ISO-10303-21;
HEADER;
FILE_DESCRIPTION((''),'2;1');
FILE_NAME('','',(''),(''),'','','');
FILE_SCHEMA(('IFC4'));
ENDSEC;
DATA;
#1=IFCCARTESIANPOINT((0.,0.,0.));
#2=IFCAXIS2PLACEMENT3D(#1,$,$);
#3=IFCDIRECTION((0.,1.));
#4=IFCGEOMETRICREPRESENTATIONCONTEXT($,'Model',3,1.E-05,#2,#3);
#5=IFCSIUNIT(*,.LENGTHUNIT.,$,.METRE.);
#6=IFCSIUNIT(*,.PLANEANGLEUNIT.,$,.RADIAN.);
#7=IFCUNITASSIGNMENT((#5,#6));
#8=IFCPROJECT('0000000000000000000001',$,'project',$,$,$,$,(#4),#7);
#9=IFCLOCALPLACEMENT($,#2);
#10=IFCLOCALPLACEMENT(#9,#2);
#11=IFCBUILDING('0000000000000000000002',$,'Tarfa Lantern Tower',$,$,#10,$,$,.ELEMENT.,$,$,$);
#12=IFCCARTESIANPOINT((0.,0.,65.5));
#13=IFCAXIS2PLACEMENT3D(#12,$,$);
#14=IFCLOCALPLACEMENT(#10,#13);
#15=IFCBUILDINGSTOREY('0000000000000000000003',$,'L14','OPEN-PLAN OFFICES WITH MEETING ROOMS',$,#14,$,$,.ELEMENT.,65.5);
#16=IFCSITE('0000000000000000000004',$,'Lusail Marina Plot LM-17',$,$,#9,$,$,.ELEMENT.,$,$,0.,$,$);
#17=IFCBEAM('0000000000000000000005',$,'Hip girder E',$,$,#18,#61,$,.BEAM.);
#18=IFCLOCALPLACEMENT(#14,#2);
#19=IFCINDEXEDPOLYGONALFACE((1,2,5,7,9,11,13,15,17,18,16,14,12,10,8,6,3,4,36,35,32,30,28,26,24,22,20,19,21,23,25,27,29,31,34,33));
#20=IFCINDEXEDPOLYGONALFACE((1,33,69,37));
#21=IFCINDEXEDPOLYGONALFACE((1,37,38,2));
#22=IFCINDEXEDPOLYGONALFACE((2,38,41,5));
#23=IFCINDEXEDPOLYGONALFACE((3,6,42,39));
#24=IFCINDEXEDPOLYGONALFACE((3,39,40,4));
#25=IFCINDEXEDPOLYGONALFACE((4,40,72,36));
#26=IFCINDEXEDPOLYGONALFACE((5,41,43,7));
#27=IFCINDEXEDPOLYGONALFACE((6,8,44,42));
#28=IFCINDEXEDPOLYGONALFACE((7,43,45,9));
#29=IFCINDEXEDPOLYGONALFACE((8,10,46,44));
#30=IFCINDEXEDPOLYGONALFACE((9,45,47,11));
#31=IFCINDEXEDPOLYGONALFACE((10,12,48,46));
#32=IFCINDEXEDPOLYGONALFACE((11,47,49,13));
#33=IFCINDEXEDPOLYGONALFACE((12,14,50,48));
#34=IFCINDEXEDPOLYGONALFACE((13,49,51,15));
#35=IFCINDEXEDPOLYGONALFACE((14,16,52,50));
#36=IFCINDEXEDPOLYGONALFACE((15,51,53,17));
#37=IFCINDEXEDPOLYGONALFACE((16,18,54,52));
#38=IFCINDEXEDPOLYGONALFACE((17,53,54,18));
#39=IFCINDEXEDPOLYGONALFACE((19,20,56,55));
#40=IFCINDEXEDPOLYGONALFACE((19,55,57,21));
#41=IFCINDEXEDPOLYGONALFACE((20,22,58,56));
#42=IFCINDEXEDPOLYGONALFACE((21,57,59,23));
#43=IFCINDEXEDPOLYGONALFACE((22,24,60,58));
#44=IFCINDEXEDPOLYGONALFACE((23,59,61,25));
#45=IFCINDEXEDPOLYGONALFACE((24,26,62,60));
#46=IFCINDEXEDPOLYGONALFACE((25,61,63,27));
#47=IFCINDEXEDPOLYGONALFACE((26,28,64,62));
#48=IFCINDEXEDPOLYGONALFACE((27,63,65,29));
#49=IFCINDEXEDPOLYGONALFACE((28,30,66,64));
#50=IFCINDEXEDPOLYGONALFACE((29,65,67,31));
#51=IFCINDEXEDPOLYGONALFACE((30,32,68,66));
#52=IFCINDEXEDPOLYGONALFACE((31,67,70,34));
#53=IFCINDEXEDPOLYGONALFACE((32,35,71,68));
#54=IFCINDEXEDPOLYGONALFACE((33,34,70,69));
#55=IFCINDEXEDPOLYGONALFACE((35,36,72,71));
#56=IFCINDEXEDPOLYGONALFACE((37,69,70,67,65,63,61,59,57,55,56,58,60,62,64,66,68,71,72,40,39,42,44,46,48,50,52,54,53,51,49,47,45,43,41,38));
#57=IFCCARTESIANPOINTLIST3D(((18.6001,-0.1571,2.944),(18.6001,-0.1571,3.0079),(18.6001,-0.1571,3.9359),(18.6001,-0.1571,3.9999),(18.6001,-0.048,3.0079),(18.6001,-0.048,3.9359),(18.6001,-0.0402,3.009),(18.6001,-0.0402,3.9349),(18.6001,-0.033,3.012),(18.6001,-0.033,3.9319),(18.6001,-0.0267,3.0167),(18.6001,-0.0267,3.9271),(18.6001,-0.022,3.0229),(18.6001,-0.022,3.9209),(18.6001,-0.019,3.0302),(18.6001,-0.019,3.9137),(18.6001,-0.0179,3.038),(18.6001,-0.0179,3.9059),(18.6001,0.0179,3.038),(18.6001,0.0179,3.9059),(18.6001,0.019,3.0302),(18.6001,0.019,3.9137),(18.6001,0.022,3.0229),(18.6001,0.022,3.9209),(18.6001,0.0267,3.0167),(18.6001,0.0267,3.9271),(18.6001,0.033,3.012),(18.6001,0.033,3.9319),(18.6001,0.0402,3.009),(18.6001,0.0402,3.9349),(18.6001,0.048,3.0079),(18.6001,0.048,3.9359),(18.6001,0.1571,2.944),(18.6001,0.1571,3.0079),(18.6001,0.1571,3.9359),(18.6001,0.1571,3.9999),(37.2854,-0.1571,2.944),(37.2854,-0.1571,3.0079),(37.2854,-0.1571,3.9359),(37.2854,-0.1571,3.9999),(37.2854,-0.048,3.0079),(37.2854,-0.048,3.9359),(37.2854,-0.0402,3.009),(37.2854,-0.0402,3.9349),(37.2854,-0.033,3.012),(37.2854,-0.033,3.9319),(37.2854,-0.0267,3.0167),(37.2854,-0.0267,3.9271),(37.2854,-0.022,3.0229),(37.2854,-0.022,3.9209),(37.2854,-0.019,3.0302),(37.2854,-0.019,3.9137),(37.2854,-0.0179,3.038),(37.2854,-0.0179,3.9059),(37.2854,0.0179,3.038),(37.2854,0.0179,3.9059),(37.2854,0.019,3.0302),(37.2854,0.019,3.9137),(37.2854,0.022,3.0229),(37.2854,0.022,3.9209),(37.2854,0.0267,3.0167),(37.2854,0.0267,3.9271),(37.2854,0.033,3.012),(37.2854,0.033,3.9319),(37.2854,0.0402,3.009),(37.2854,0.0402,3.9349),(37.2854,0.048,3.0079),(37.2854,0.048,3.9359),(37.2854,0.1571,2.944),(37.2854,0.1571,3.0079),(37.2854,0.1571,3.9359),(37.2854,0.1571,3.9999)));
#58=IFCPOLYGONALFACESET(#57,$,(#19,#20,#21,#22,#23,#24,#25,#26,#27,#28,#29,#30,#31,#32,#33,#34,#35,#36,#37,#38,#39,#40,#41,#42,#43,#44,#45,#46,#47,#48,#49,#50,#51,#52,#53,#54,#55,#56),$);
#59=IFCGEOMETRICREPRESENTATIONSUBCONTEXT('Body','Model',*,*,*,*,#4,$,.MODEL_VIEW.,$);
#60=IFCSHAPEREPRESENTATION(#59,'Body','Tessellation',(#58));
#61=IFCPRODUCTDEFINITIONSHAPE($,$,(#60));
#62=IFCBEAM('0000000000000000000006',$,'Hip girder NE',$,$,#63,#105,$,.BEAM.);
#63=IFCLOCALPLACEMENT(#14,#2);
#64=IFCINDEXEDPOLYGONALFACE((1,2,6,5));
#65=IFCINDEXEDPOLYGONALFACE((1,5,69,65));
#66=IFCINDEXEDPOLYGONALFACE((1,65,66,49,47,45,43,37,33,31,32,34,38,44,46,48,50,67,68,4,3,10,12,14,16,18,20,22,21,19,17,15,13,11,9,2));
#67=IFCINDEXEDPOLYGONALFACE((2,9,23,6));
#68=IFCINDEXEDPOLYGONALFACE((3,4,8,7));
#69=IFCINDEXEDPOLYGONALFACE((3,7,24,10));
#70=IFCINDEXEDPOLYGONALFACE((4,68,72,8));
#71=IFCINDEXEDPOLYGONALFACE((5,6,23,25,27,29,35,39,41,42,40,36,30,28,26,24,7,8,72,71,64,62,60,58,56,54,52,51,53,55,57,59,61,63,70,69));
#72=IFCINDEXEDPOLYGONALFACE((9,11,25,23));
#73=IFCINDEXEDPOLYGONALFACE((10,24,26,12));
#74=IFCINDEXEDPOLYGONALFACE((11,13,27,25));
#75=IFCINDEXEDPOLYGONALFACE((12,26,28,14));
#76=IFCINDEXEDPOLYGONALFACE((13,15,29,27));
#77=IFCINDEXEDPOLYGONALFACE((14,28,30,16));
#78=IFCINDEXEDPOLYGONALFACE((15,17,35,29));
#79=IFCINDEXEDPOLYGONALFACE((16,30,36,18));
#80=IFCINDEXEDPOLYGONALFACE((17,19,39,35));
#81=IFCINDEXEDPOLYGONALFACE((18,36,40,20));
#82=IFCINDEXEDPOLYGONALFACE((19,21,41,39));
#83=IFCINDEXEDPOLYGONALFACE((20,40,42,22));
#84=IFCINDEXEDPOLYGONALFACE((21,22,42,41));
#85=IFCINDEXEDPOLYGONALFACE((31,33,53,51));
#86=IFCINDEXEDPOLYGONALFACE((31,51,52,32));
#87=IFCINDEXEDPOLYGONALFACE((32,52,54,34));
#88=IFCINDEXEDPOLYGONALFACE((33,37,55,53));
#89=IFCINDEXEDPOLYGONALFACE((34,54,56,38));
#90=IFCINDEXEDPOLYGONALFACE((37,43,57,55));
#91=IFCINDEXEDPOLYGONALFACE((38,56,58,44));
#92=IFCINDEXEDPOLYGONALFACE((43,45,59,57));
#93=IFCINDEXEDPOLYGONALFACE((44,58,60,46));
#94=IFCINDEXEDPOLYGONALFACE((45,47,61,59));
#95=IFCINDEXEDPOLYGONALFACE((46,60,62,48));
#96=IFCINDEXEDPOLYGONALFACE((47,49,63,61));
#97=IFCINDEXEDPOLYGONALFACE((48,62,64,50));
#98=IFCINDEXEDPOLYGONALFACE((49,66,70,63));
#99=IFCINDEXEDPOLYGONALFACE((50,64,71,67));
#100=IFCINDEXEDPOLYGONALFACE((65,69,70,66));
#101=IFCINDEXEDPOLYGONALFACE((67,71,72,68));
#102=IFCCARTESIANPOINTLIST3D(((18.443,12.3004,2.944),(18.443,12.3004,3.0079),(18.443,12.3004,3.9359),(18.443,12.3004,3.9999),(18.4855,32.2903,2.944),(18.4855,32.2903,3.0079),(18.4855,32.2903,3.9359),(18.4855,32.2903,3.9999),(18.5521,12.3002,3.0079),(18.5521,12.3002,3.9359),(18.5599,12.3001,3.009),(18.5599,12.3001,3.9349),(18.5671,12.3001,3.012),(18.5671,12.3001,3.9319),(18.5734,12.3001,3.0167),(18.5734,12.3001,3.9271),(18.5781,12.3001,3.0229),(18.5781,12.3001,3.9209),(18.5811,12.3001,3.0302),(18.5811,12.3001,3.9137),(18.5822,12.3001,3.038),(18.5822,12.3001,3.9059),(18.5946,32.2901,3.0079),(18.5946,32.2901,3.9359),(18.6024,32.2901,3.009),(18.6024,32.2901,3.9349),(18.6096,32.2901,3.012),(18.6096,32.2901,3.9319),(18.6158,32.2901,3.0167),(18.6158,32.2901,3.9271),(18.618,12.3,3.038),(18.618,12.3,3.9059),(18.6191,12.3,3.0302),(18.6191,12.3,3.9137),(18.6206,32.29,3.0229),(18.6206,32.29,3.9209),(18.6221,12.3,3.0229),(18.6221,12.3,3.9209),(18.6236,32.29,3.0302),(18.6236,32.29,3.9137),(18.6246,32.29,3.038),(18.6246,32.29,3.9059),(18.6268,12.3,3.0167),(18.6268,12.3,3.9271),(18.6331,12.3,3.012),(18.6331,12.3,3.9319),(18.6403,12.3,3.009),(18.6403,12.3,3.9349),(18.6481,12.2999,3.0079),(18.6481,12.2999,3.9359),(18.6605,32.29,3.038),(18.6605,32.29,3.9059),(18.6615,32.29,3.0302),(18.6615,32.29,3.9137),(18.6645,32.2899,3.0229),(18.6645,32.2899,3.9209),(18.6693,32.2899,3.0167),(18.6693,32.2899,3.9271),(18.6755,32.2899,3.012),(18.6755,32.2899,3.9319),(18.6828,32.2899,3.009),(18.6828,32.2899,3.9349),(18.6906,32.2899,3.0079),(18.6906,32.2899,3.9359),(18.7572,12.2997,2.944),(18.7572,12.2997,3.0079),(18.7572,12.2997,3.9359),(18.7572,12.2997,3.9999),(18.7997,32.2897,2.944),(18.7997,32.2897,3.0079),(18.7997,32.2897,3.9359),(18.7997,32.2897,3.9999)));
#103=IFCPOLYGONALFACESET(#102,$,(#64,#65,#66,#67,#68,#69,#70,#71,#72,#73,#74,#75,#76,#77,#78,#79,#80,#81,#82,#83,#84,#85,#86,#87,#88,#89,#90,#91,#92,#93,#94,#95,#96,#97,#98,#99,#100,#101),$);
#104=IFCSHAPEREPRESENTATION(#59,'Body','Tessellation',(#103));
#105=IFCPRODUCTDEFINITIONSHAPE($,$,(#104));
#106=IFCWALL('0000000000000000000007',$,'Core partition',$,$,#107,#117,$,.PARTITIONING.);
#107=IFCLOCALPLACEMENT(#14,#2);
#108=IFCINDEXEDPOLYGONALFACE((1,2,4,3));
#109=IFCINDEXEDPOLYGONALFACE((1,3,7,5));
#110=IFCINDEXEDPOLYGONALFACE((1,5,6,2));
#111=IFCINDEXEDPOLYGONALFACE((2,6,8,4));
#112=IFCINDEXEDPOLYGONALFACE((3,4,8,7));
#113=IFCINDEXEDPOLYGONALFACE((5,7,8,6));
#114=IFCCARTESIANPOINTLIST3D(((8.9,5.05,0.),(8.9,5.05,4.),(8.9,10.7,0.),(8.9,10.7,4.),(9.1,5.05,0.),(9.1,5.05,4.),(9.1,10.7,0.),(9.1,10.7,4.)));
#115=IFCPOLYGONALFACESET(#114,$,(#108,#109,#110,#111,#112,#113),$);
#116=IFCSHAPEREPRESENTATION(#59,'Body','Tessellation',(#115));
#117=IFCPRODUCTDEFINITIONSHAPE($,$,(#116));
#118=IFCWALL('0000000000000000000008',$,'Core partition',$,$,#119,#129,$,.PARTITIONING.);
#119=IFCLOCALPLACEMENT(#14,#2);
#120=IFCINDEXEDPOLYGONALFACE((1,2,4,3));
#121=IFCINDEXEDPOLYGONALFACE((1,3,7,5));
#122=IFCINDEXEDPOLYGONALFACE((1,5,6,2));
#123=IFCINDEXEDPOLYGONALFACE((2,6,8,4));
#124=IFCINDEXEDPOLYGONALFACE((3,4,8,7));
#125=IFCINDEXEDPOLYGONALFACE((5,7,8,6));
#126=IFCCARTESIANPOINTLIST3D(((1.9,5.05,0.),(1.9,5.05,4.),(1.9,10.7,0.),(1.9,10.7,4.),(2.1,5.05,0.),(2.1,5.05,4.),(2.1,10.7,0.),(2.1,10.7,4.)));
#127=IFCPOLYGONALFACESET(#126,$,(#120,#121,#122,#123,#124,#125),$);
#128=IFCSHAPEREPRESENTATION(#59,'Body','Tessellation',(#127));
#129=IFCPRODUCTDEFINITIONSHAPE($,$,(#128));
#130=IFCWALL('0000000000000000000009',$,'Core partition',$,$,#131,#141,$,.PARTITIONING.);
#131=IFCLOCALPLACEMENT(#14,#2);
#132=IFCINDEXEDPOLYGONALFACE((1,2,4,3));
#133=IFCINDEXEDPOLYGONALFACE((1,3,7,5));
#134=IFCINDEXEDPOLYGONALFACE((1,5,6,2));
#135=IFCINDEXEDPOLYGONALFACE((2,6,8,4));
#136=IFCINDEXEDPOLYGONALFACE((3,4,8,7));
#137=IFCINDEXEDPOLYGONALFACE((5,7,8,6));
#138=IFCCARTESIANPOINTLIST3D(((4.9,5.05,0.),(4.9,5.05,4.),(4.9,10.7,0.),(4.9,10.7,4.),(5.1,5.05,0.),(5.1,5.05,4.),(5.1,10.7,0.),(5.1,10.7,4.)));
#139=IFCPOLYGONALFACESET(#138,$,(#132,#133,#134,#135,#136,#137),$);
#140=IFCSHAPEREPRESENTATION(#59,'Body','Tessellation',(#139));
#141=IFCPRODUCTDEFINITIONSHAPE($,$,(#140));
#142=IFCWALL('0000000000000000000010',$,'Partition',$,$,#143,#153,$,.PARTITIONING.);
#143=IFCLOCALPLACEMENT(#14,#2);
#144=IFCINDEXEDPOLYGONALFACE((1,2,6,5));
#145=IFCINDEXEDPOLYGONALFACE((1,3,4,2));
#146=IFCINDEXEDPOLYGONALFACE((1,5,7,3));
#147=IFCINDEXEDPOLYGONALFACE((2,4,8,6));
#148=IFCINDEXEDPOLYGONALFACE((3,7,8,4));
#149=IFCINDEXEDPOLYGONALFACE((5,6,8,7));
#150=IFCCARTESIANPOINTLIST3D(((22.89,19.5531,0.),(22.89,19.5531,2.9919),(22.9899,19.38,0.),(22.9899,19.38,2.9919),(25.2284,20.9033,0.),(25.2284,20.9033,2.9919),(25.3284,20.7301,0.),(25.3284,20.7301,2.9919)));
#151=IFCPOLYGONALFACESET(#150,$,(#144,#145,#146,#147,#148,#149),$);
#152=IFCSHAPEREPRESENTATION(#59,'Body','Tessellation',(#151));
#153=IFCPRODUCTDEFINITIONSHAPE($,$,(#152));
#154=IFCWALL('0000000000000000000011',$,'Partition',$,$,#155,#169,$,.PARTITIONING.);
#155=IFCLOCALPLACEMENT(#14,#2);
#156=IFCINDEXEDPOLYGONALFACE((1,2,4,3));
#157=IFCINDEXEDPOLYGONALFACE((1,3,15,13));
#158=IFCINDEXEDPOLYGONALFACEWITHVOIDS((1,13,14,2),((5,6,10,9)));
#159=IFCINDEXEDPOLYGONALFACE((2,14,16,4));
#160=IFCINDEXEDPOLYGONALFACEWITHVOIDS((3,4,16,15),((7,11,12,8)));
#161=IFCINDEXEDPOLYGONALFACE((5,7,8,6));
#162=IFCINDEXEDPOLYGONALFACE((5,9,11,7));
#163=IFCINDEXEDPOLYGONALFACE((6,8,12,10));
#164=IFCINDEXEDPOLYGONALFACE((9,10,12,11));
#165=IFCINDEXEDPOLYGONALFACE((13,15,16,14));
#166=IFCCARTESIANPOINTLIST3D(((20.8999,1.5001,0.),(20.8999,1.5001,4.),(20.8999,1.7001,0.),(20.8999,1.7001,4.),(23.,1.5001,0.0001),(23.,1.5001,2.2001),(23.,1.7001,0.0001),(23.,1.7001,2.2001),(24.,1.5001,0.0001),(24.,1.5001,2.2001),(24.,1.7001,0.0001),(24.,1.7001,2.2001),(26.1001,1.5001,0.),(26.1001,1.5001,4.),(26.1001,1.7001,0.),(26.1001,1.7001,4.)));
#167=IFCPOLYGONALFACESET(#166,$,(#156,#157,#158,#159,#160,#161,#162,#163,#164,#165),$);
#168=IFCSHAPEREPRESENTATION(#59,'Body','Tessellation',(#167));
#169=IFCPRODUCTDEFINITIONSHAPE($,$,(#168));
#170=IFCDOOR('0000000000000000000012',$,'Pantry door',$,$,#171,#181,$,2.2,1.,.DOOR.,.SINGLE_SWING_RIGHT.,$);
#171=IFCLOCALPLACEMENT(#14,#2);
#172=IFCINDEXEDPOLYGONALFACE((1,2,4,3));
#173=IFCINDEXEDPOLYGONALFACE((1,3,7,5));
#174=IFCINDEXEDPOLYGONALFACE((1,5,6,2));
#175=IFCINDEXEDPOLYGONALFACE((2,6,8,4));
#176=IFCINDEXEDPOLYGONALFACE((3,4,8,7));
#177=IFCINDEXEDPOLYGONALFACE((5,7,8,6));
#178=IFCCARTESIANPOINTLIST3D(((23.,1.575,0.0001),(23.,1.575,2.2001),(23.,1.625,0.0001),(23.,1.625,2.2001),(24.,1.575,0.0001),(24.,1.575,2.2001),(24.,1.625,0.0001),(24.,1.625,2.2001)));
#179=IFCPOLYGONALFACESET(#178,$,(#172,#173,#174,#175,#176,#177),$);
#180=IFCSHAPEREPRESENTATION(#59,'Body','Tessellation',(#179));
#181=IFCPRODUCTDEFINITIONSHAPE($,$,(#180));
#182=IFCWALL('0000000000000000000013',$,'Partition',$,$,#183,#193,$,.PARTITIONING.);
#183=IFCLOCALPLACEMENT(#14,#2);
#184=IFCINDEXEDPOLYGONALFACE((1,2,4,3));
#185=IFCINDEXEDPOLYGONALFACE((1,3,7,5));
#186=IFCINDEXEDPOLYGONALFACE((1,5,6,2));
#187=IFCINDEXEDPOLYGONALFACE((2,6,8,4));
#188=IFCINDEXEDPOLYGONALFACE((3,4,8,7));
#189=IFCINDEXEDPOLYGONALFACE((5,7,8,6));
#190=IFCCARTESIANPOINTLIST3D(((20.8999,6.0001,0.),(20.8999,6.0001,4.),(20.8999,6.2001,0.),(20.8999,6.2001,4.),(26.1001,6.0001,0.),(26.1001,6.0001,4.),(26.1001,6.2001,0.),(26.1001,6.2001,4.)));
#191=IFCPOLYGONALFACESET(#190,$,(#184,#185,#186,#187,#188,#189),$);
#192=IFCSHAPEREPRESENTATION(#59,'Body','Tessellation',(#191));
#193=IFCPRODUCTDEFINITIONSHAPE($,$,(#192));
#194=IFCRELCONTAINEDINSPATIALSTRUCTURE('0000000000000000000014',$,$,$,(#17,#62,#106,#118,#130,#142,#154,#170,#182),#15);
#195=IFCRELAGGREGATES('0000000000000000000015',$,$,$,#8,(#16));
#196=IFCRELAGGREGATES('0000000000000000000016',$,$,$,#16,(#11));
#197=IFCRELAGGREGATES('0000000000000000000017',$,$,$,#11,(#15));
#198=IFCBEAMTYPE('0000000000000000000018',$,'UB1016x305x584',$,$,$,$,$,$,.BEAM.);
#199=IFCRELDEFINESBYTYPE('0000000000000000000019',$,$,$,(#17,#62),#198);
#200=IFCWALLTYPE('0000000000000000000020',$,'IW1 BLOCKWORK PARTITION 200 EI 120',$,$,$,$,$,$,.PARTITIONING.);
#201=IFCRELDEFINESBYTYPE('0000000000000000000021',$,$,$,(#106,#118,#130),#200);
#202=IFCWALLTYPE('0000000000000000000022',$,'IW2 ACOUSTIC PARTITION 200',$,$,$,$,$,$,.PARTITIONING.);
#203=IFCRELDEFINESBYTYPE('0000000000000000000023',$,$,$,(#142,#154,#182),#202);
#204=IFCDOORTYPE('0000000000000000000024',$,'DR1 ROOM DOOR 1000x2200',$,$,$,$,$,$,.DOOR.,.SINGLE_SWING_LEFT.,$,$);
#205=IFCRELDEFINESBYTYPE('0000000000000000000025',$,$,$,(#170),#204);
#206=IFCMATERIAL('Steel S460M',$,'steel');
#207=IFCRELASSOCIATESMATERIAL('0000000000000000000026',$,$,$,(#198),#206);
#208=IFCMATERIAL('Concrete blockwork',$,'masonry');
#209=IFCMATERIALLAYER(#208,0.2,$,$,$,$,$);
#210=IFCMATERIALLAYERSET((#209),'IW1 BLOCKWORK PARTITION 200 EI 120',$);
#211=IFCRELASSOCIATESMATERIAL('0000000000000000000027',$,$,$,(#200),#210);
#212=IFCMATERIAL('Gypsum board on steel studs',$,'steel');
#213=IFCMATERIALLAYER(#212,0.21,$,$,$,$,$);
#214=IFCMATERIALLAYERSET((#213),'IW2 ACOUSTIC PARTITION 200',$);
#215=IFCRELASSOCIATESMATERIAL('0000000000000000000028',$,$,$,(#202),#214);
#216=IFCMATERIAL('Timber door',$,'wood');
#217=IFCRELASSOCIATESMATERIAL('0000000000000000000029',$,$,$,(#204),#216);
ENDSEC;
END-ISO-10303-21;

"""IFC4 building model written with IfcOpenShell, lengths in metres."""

from ifc_helpers import new_model, si_unit, direction, frame, frame_2d, origin, origin_2d, place, context, subcontext, project, spatial, rectangle, i_section, extrude, material, layer, layer_set, material_profile, profile_set, type_object, element, fill, save


model = new_model("IFC4")

# Units and contexts
model_context = context("Model", 3, precision=1e-05, world=origin(), true_north=direction((0.0, 1.0)))
body_context = subcontext(model_context, "Body", "Model", "MODEL_VIEW")
ifc_project = project(units=[si_unit("LENGTHUNIT", "METRE"), si_unit("PLANEANGLEUNIT", "RADIAN")], contexts=[model_context])

# Site, building, storey
site_placement = place(None, origin())
site = spatial("IfcSite", under=ifc_project, at=site_placement, Name="Lusail Marina Plot LM-17", CompositionType="ELEMENT", RefElevation=0.0)
building_placement = place(site_placement, origin())
building = spatial("IfcBuilding", under=site, at=building_placement, Name="Tarfa Lantern Tower", CompositionType="ELEMENT")
storey_placement = place(building_placement, frame((0.0, 0.0, 65.5)))
storey = spatial("IfcBuildingStorey", under=building, at=storey_placement, Name="L14", Description="OPEN-PLAN OFFICES WITH MEETING ROOMS", CompositionType="ELEMENT", Elevation=65.5)

# Beams
ifc_material_1 = material(Name="Steel S460M", Category="steel")
ifc_material_profile = material_profile(ifc_material_1, i_section(OverallWidth=0.3142, OverallDepth=1.0559, WebThickness=0.0359, FlangeThickness=0.064, FilletRadius=0.03, at=origin_2d()), Name="UB1016x305x584")
ifc_profile_set = profile_set([ifc_material_profile], Name="Steel S460M")
beam_type = type_object("IfcBeamType", Name="UB1016x305x584", PredefinedType="BEAM", material=ifc_profile_set)
beam_1_placement = place(storey_placement, frame((18.6001, 0.0, 3.4719), z_axis=(1.0, 0.0, 0.0), x_axis=(0.0, 1.0, 0.0)))
element("IfcBeam", 1, at=beam_1_placement, inside=storey, type_object=beam_type, Name="Hip girder E", PredefinedType="BEAM", context=body_context, shape_type="SweptSolid", body=[
    extrude(i_section(OverallWidth=0.3142, OverallDepth=1.0559, WebThickness=0.0359, FlangeThickness=0.064, FilletRadius=0.03, at=origin_2d()), origin(), (0.0, 0.0, 1.0), 18.6853),
])
beam_2_placement = place(storey_placement, frame((18.6001, 12.3, 3.4719), z_axis=(0.002125, 0.999998, 0.0), x_axis=(-0.999998, 0.002125, 0.0)))
element("IfcBeam", 2, at=beam_2_placement, inside=storey, type_object=beam_type, Name="Hip girder NE", PredefinedType="BEAM", context=body_context, shape_type="SweptSolid", body=[
    extrude(i_section(OverallWidth=0.3142, OverallDepth=1.0559, WebThickness=0.0359, FlangeThickness=0.064, FilletRadius=0.03, at=origin_2d()), origin(), (0.0, 0.0, 1.0), 19.99),
])

# Walls
ifc_material_2 = material(Name="Concrete blockwork", Category="masonry")
ifc_layer_1 = layer(ifc_material_2, 0.2)
ifc_layer_set_1 = layer_set([ifc_layer_1], Name="IW1 BLOCKWORK PARTITION 200 EI 120")
wall_type_1 = type_object("IfcWallType", Name="IW1 BLOCKWORK PARTITION 200 EI 120", PredefinedType="PARTITIONING", material=ifc_layer_set_1)
for number, where, z_axis, x_axis, name in (
    (3, (9.0, 5.05, 0.0), (0.0, 0.0, 1.0), (0.0, 1.0, 0.0), "Core partition"),
    (4, (2.0, 5.05, 0.0), (0.0, 0.0, 1.0), (0.0, 1.0, 0.0), "Core partition"),
    (5, (5.0, 5.05, 0.0), (0.0, 0.0, 1.0), (0.0, 1.0, 0.0), "Core partition"),
):
    element("IfcWall", number, at=place(storey_placement, frame(where, z_axis=z_axis, x_axis=x_axis)), inside=storey, type_object=wall_type_1, Name=name, PredefinedType="PARTITIONING", context=body_context, shape_type="SweptSolid", body=[
        extrude(rectangle(XDim=5.6499, YDim=0.2, at=frame_2d((2.825, 0.0))), origin(), (0.0, 0.0, 1.0), 4.0),
    ])
ifc_material_3 = material(Name="Gypsum board on steel studs", Category="steel")
ifc_layer_2 = layer(ifc_material_3, 0.21)
ifc_layer_set_2 = layer_set([ifc_layer_2], Name="IW2 ACOUSTIC PARTITION 200")
wall_type_2 = type_object("IfcWallType", Name="IW2 ACOUSTIC PARTITION 200", PredefinedType="PARTITIONING", material=ifc_layer_set_2)
wall_1_placement = place(storey_placement, frame((22.9399, 19.4666, 0.0), z_axis=(0.0, 0.0, 1.0), x_axis=(0.86602, 0.500009, 0.0)))
element("IfcWall", 6, at=wall_1_placement, inside=storey, type_object=wall_type_2, Name="Partition", PredefinedType="PARTITIONING", context=body_context, shape_type="SweptSolid", body=[
    extrude(rectangle(XDim=2.7002, YDim=0.2, at=frame_2d((1.3501, 0.0))), origin(), (0.0, 0.0, 1.0), 2.9919),
])

# Wall, opening, door
wall_2_placement = place(storey_placement, frame((20.8999, 1.6001, 0.0), z_axis=(0.0, 0.0, 1.0), x_axis=(1.0, 0.0, 0.0)))
wall_2 = element("IfcWall", 7, at=wall_2_placement, inside=storey, type_object=wall_type_2, Name="Partition", PredefinedType="PARTITIONING", context=body_context, shape_type="SweptSolid", body=[
    extrude(rectangle(XDim=5.2002, YDim=0.2, at=frame_2d((2.6001, 0.0))), origin(), (0.0, 0.0, 1.0), 4.0),
])
opening_1_placement = place(wall_2_placement, frame((2.1001, 0.0, 0.0)))
opening_1 = element("IfcOpeningElement", 8, at=opening_1_placement, cuts=wall_2, PredefinedType="OPENING", context=body_context, shape_type="SweptSolid", body=[
    extrude(rectangle(XDim=1.0, YDim=2.2, at=frame_2d((0.5, 1.1001))), frame((0.0, 0.1099, 0.0), z_axis=(0.0, -1.0, 0.0), x_axis=(1.0, 0.0, 0.0)), (0.0, 0.0, 1.0), 0.22),
])
ifc_material_4 = material(Name="Timber door", Category="wood")
door_type_1 = type_object("IfcDoorType", Name="DR1 ROOM DOOR 1000x2200", OperationType="SINGLE_SWING_LEFT", PredefinedType="DOOR", material=ifc_material_4)
door_1_placement = place(opening_1_placement, origin())
door_1 = element("IfcDoor", 9, at=door_1_placement, inside=storey, type_object=door_type_1, Name="Pantry door", OperationType="SINGLE_SWING_RIGHT", OverallHeight=2.2, OverallWidth=1.0, PredefinedType="DOOR", context=body_context, shape_type="SweptSolid", body=[
    extrude(rectangle(XDim=1.0, YDim=2.2, at=frame_2d((0.5, 1.1001))), frame((0.0, 0.0249, 0.0), z_axis=(0.0, -1.0, 0.0), x_axis=(1.0, 0.0, 0.0)), (0.0, 0.0, 1.0), 0.05),
])
fill(opening_1, door_1)

# Wall
wall_3_placement = place(storey_placement, frame((20.8999, 6.1001, 0.0), z_axis=(0.0, 0.0, 1.0), x_axis=(1.0, 0.0, 0.0)))
element("IfcWall", 10, at=wall_3_placement, inside=storey, type_object=wall_type_2, Name="Partition", PredefinedType="PARTITIONING", context=body_context, shape_type="SweptSolid", body=[
    extrude(rectangle(XDim=5.2002, YDim=0.2, at=frame_2d((2.6001, 0.0))), origin(), (0.0, 0.0, 1.0), 4.0),
])

save(model, "model.ifc")
